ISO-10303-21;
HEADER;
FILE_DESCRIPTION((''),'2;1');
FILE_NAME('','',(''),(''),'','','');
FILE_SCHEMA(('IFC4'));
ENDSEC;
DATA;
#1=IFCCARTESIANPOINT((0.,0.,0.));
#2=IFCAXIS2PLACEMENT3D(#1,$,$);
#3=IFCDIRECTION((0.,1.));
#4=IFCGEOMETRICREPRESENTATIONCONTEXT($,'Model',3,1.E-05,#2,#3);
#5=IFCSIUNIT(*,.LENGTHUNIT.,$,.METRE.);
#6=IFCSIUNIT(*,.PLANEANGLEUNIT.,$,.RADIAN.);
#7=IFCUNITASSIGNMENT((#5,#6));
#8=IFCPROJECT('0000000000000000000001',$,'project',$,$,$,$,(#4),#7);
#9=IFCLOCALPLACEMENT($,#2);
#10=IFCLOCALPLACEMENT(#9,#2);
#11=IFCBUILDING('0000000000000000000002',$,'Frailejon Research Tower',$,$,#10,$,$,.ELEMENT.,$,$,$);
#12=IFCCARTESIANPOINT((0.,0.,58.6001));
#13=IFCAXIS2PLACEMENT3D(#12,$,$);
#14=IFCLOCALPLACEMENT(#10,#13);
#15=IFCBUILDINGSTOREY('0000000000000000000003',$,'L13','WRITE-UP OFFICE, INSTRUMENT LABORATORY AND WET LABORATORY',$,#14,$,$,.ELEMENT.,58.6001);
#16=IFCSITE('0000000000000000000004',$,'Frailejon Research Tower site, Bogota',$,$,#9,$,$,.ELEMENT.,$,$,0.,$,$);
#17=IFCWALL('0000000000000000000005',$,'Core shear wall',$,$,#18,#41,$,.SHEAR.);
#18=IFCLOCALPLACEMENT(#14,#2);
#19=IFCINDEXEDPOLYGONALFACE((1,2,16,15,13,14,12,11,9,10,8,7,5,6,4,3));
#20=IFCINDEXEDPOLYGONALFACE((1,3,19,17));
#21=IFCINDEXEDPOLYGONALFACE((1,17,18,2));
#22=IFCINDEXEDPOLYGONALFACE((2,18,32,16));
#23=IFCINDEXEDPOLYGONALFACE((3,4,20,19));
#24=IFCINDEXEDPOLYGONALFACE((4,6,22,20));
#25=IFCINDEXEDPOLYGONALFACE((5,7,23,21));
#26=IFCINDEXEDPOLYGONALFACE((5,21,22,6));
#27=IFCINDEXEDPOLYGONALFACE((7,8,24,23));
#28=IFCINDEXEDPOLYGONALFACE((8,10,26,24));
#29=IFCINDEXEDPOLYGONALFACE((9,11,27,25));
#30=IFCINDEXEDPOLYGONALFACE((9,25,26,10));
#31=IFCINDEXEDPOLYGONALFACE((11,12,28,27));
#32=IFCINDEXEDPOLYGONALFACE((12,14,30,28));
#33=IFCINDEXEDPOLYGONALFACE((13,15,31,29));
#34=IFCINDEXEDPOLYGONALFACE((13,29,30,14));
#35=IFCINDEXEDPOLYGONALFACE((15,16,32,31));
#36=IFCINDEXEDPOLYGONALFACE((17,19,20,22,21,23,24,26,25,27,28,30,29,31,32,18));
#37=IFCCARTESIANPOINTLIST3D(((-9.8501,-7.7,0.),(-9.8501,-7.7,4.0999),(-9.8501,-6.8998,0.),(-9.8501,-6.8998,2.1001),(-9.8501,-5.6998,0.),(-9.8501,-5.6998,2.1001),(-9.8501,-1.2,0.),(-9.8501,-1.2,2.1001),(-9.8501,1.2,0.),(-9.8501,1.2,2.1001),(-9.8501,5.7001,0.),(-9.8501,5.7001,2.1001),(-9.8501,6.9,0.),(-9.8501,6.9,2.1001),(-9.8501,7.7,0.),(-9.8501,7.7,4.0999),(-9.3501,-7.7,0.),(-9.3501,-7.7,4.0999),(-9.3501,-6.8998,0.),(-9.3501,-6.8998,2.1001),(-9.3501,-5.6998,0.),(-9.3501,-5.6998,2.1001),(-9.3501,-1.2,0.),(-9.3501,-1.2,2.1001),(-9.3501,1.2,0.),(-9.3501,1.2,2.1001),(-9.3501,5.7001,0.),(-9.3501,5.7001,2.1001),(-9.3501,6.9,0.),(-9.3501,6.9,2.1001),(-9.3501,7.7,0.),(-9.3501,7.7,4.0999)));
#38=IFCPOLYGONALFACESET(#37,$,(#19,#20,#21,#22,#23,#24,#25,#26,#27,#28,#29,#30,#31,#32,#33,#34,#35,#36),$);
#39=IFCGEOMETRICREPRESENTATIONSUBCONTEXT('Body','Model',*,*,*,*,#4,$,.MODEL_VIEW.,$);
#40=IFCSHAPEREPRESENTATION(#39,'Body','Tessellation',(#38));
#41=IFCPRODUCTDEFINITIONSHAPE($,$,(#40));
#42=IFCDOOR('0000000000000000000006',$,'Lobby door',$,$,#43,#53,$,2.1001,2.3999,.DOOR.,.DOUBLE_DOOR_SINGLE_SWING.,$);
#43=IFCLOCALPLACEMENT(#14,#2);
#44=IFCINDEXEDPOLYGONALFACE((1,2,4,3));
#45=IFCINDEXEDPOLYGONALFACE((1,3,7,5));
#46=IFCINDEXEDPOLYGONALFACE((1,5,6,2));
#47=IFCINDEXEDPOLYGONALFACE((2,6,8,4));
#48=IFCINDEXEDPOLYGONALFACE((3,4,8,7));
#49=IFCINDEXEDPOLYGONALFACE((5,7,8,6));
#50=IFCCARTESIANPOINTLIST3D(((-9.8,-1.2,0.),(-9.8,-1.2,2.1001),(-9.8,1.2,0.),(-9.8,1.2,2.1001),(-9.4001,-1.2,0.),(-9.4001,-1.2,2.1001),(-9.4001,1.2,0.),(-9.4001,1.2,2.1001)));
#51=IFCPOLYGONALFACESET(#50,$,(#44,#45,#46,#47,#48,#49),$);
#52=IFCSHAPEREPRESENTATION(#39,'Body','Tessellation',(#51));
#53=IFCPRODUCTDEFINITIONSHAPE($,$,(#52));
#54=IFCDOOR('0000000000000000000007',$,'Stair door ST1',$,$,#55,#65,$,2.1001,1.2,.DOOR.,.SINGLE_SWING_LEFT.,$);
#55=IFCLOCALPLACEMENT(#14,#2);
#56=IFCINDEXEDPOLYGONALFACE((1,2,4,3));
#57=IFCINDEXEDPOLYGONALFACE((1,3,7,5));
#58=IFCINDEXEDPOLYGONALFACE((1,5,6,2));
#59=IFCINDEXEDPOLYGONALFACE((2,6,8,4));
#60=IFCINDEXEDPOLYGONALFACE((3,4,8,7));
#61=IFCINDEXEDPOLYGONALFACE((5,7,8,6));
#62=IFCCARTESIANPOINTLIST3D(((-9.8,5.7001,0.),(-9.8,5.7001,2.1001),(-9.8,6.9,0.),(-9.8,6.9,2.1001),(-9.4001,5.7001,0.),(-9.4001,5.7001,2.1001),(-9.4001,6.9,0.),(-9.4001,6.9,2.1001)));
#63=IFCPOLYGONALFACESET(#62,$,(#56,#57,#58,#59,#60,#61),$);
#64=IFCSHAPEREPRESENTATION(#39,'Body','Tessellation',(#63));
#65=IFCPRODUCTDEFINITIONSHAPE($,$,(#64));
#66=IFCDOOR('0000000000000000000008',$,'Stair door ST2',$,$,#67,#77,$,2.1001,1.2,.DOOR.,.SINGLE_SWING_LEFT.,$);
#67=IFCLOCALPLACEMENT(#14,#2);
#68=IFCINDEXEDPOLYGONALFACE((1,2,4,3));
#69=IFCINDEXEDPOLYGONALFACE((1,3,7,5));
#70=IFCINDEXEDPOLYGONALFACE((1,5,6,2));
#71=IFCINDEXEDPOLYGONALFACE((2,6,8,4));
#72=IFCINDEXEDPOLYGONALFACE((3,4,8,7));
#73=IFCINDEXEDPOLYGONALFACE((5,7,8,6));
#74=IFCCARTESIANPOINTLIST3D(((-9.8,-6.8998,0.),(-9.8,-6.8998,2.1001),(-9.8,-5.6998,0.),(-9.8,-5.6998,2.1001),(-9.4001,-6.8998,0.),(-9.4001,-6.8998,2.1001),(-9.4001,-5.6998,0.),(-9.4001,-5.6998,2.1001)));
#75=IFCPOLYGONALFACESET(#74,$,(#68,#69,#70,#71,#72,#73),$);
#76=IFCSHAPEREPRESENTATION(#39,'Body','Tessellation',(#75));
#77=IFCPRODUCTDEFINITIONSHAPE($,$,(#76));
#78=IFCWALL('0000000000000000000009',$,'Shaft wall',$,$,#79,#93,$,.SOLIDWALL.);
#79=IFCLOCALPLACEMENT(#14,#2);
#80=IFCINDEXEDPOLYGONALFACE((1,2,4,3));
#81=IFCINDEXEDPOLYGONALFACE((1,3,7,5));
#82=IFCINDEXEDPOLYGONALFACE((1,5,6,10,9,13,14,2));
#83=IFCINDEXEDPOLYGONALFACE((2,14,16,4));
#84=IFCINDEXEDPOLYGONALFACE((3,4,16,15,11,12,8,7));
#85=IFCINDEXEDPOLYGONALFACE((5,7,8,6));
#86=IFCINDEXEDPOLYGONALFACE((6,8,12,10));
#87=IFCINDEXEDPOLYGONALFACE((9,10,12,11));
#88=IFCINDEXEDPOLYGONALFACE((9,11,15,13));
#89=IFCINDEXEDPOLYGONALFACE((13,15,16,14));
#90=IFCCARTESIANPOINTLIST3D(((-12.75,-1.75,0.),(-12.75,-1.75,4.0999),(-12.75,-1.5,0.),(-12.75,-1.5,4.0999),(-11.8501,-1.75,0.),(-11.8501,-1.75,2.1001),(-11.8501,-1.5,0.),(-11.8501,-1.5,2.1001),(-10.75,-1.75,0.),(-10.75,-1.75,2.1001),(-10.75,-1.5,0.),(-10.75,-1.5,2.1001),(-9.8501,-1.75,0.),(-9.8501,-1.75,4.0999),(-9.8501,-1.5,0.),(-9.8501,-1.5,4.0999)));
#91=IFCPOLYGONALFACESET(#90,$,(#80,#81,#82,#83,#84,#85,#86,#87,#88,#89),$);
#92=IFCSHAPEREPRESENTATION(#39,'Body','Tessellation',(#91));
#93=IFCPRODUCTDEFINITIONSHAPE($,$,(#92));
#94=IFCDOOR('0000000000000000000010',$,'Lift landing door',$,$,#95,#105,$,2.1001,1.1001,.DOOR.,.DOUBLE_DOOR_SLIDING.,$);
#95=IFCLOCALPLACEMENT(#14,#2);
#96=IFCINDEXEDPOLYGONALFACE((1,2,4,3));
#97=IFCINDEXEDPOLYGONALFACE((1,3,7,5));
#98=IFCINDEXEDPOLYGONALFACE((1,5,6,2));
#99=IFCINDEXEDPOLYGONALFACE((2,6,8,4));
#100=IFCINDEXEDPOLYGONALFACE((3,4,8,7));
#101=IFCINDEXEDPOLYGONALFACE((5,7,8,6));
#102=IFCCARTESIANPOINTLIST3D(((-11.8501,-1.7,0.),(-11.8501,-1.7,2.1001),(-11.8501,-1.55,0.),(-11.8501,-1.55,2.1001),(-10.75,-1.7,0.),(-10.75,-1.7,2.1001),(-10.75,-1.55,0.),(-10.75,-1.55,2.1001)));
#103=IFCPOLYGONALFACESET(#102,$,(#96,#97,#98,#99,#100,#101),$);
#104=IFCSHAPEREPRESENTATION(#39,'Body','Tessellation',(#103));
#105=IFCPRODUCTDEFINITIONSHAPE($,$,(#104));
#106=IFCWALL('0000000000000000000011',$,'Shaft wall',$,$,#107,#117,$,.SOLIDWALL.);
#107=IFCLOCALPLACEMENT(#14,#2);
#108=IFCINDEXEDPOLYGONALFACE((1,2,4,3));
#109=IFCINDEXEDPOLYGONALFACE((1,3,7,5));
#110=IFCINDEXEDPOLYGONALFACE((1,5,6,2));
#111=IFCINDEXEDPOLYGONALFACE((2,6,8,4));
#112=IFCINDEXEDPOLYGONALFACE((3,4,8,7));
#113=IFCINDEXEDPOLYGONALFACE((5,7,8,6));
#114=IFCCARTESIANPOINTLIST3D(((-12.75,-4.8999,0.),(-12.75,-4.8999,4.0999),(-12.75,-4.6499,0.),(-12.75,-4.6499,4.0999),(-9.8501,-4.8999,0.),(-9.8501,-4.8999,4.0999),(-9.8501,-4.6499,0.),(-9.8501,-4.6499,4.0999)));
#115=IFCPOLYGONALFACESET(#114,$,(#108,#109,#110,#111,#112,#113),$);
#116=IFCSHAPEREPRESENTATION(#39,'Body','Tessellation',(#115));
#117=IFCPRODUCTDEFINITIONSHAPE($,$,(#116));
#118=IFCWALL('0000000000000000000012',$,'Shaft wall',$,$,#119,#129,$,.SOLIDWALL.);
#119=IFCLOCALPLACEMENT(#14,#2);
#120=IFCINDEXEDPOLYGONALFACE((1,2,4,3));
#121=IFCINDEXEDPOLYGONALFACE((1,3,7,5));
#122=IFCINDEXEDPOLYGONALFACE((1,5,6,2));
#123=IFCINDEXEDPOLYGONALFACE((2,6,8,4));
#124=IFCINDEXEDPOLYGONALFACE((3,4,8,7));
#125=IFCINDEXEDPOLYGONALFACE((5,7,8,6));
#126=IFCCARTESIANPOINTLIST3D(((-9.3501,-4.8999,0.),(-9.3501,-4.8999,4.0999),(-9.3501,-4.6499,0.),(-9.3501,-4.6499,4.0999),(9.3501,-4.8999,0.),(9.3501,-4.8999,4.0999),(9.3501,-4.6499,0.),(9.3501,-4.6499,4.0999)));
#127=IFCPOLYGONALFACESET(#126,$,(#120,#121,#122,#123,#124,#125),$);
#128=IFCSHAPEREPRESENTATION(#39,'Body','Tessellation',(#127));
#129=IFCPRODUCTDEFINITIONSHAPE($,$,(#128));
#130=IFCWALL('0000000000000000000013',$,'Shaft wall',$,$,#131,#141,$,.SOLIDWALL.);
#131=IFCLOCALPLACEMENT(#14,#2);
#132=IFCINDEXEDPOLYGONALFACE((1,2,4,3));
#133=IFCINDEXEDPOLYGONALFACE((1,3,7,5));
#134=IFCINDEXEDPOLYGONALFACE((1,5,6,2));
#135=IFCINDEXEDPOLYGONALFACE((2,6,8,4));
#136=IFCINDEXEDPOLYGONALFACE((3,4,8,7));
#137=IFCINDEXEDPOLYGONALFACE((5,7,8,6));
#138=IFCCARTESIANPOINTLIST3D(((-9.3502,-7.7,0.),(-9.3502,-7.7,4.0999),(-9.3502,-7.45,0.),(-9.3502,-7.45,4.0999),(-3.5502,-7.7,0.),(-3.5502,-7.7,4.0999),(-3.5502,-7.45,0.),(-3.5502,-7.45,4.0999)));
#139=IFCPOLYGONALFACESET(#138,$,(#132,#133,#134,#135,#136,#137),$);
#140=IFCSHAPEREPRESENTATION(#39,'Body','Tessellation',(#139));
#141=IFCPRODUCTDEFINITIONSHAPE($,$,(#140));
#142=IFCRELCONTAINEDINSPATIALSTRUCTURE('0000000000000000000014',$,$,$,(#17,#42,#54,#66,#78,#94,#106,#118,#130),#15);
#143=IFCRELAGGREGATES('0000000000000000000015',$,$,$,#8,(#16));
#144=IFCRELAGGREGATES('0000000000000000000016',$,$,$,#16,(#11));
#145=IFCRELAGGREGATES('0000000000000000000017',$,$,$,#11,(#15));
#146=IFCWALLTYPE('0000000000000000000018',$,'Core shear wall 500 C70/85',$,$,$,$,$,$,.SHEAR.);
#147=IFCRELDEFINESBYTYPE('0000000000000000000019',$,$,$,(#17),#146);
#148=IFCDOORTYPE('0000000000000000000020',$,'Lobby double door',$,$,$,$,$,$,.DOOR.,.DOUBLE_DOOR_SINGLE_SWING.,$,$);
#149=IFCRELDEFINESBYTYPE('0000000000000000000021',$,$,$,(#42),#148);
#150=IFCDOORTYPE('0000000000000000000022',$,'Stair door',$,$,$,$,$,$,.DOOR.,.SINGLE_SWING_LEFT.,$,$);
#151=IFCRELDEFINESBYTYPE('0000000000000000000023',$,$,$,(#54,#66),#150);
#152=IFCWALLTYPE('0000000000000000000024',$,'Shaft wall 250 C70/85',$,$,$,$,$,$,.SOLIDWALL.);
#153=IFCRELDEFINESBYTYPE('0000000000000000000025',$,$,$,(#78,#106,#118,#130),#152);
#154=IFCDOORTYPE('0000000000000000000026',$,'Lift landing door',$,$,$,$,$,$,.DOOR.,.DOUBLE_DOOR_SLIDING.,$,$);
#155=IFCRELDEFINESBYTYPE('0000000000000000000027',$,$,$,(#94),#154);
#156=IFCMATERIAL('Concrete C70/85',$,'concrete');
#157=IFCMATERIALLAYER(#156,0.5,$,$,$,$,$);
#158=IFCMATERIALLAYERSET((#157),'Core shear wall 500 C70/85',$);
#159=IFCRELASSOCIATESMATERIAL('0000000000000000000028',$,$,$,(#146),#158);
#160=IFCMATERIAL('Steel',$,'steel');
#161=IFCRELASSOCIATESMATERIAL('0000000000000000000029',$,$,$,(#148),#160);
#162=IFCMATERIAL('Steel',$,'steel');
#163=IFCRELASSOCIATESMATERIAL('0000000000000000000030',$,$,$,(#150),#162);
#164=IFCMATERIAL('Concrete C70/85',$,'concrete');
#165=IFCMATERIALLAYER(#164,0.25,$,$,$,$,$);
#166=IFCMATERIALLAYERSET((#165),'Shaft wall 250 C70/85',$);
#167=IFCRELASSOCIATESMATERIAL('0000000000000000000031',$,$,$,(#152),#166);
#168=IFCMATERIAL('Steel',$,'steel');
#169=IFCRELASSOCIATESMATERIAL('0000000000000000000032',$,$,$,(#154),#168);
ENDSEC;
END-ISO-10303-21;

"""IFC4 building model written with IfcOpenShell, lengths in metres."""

from ifc_helpers import new_model, si_unit, direction, frame, frame_2d, origin, place, context, subcontext, project, spatial, rectangle, extrude, material, layer, layer_set, type_object, element, fill, save


model = new_model("IFC4")

# Units and contexts
model_context = context("Model", 3, precision=1e-05, world=origin(), true_north=direction((0.0, 1.0)))
body_context = subcontext(model_context, "Body", "Model", "MODEL_VIEW")
ifc_project = project(units=[si_unit("LENGTHUNIT", "METRE"), si_unit("PLANEANGLEUNIT", "RADIAN")], contexts=[model_context])

# Site, building, storey
site_placement = place(None, origin())
site = spatial("IfcSite", under=ifc_project, at=site_placement, Name="Frailejon Research Tower site, Bogota", CompositionType="ELEMENT", RefElevation=0.0)
building_placement = place(site_placement, origin())
building = spatial("IfcBuilding", under=site, at=building_placement, Name="Frailejon Research Tower", CompositionType="ELEMENT")
storey_placement = place(building_placement, frame((0.0, 0.0, 58.6001)))
storey = spatial("IfcBuildingStorey", under=building, at=storey_placement, Name="L13", Description="WRITE-UP OFFICE, INSTRUMENT LABORATORY AND WET LABORATORY", CompositionType="ELEMENT", Elevation=58.6001)

# Wall, openings, doors
ifc_material_1 = material(Name="Concrete C70/85", Category="concrete")
ifc_layer_1 = layer(ifc_material_1, 0.5)
ifc_layer_set_1 = layer_set([ifc_layer_1], Name="Core shear wall 500 C70/85")
wall_type_1 = type_object("IfcWallType", Name="Core shear wall 500 C70/85", PredefinedType="SHEAR", material=ifc_layer_set_1)
wall_1_placement = place(storey_placement, frame((-9.6001, -7.7, 0.0), z_axis=(0.0, 0.0, 1.0), x_axis=(0.0, 1.0, 0.0)))
wall_1 = element("IfcWall", 1, at=wall_1_placement, inside=storey, type_object=wall_type_1, Name="Core shear wall", PredefinedType="SHEAR", context=body_context, shape_type="SweptSolid", body=[
    extrude(rectangle(XDim=15.3999, YDim=0.5, at=frame_2d((7.7, 0.0))), origin(), (0.0, 0.0, 1.0), 4.0999),
])
opening_1_placement = place(wall_1_placement, frame((6.5, 0.0, 0.0)))
opening_1 = element("IfcOpeningElement", 2, at=opening_1_placement, cuts=wall_1, PredefinedType="OPENING", context=body_context, shape_type="SweptSolid", body=[
    extrude(rectangle(XDim=2.3999, YDim=2.1001, at=frame_2d((1.2, 1.05))), frame((0.0, 0.26, 0.0), z_axis=(0.0, -1.0, 0.0), x_axis=(1.0, 0.0, 0.0)), (0.0, 0.0, 1.0), 0.52),
])
opening_2_placement = place(wall_1_placement, frame((13.3999, 0.0, 0.0)))
opening_2 = element("IfcOpeningElement", 3, at=opening_2_placement, cuts=wall_1, PredefinedType="OPENING", context=body_context, shape_type="SweptSolid", body=[
    extrude(rectangle(XDim=1.2, YDim=2.1001, at=frame_2d((0.6001, 1.05))), frame((0.0, 0.26, 0.0), z_axis=(0.0, -1.0, 0.0), x_axis=(1.0, 0.0, 0.0)), (0.0, 0.0, 1.0), 0.52),
])
opening_3_placement = place(wall_1_placement, frame((0.8, 0.0, 0.0)))
opening_3 = element("IfcOpeningElement", 4, at=opening_3_placement, cuts=wall_1, PredefinedType="OPENING", context=body_context, shape_type="SweptSolid", body=[
    extrude(rectangle(XDim=1.2, YDim=2.1001, at=frame_2d((0.6001, 1.05))), frame((0.0, 0.26, 0.0), z_axis=(0.0, -1.0, 0.0), x_axis=(1.0, 0.0, 0.0)), (0.0, 0.0, 1.0), 0.52),
])
ifc_material_2 = material(Name="Steel", Category="steel")
door_type_1 = type_object("IfcDoorType", Name="Lobby double door", OperationType="DOUBLE_DOOR_SINGLE_SWING", PredefinedType="DOOR", material=ifc_material_2)
door_1_placement = place(opening_1_placement, origin())
door_1 = element("IfcDoor", 5, at=door_1_placement, inside=storey, type_object=door_type_1, Name="Lobby door", OperationType="DOUBLE_DOOR_SINGLE_SWING", OverallHeight=2.1001, OverallWidth=2.3999, PredefinedType="DOOR", context=body_context, shape_type="SweptSolid", body=[
    extrude(rectangle(XDim=2.3999, YDim=2.1001, at=frame_2d((1.2, 1.05))), frame((0.0, 0.2, 0.0), z_axis=(0.0, -1.0, 0.0), x_axis=(1.0, 0.0, 0.0)), (0.0, 0.0, 1.0), 0.3999),
])
fill(opening_1, door_1)
ifc_material_3 = material(Name="Steel", Category="steel")
door_type_2 = type_object("IfcDoorType", Name="Stair door", OperationType="SINGLE_SWING_LEFT", PredefinedType="DOOR", material=ifc_material_3)
door_2_placement = place(opening_2_placement, origin())
door_2 = element("IfcDoor", 6, at=door_2_placement, inside=storey, type_object=door_type_2, Name="Stair door ST1", OperationType="SINGLE_SWING_LEFT", OverallHeight=2.1001, OverallWidth=1.2, PredefinedType="DOOR", context=body_context, shape_type="SweptSolid", body=[
    extrude(rectangle(XDim=1.2, YDim=2.1001, at=frame_2d((0.6001, 1.05))), frame((0.0, 0.2, 0.0), z_axis=(0.0, -1.0, 0.0), x_axis=(1.0, 0.0, 0.0)), (0.0, 0.0, 1.0), 0.3999),
])
fill(opening_2, door_2)
door_3_placement = place(opening_3_placement, origin())
door_3 = element("IfcDoor", 7, at=door_3_placement, inside=storey, type_object=door_type_2, Name="Stair door ST2", OperationType="SINGLE_SWING_LEFT", OverallHeight=2.1001, OverallWidth=1.2, PredefinedType="DOOR", context=body_context, shape_type="SweptSolid", body=[
    extrude(rectangle(XDim=1.2, YDim=2.1001, at=frame_2d((0.6001, 1.05))), frame((0.0, 0.2, 0.0), z_axis=(0.0, -1.0, 0.0), x_axis=(1.0, 0.0, 0.0)), (0.0, 0.0, 1.0), 0.3999),
])
fill(opening_3, door_3)

# Wall, opening, door
ifc_material_4 = material(Name="Concrete C70/85", Category="concrete")
ifc_layer_2 = layer(ifc_material_4, 0.25)
ifc_layer_set_2 = layer_set([ifc_layer_2], Name="Shaft wall 250 C70/85")
wall_type_2 = type_object("IfcWallType", Name="Shaft wall 250 C70/85", PredefinedType="SOLIDWALL", material=ifc_layer_set_2)
wall_2_placement = place(storey_placement, frame((-12.75, -1.625, 0.0), z_axis=(0.0, 0.0, 1.0), x_axis=(1.0, 0.0, 0.0)))
wall_2 = element("IfcWall", 8, at=wall_2_placement, inside=storey, type_object=wall_type_2, Name="Shaft wall", PredefinedType="SOLIDWALL", context=body_context, shape_type="SweptSolid", body=[
    extrude(rectangle(XDim=2.8999, YDim=0.25, at=frame_2d((1.45, 0.0))), origin(), (0.0, 0.0, 1.0), 4.0999),
])
opening_4_placement = place(wall_2_placement, frame((0.8999, 0.0, 0.0)))
opening_4 = element("IfcOpeningElement", 9, at=opening_4_placement, cuts=wall_2, PredefinedType="OPENING", context=body_context, shape_type="SweptSolid", body=[
    extrude(rectangle(XDim=1.1001, YDim=2.1001, at=frame_2d((0.55, 1.05))), frame((0.0, 0.135, 0.0), z_axis=(0.0, -1.0, 0.0), x_axis=(1.0, 0.0, 0.0)), (0.0, 0.0, 1.0), 0.27),
])
ifc_material_5 = material(Name="Steel", Category="steel")
door_type_3 = type_object("IfcDoorType", Name="Lift landing door", OperationType="DOUBLE_DOOR_SLIDING", PredefinedType="DOOR", material=ifc_material_5)
door_4_placement = place(opening_4_placement, origin())
door_4 = element("IfcDoor", 10, at=door_4_placement, inside=storey, type_object=door_type_3, Name="Lift landing door", OperationType="DOUBLE_DOOR_SLIDING", OverallHeight=2.1001, OverallWidth=1.1001, PredefinedType="DOOR", context=body_context, shape_type="SweptSolid", body=[
    extrude(rectangle(XDim=1.1001, YDim=2.1001, at=frame_2d((0.55, 1.05))), frame((0.0, 0.075, 0.0), z_axis=(0.0, -1.0, 0.0), x_axis=(1.0, 0.0, 0.0)), (0.0, 0.0, 1.0), 0.1499),
])
fill(opening_4, door_4)

# Walls
wall_3_placement = place(storey_placement, frame((-12.75, -4.7749, 0.0), z_axis=(0.0, 0.0, 1.0), x_axis=(1.0, 0.0, 0.0)))
element("IfcWall", 11, at=wall_3_placement, inside=storey, type_object=wall_type_2, Name="Shaft wall", PredefinedType="SOLIDWALL", context=body_context, shape_type="SweptSolid", body=[
    extrude(rectangle(XDim=2.8999, YDim=0.25, at=frame_2d((1.45, 0.0))), origin(), (0.0, 0.0, 1.0), 4.0999),
])
wall_4_placement = place(storey_placement, frame((-9.3501, -4.7749, 0.0), z_axis=(0.0, 0.0, 1.0), x_axis=(1.0, 0.0, 0.0)))
element("IfcWall", 12, at=wall_4_placement, inside=storey, type_object=wall_type_2, Name="Shaft wall", PredefinedType="SOLIDWALL", context=body_context, shape_type="SweptSolid", body=[
    extrude(rectangle(XDim=18.7002, YDim=0.25, at=frame_2d((9.3501, 0.0))), origin(), (0.0, 0.0, 1.0), 4.0999),
])
wall_5_placement = place(storey_placement, frame((-9.3501, -7.575, 0.0), z_axis=(0.0, 0.0, 1.0), x_axis=(1.0, 0.0, 0.0)))
element("IfcWall", 13, at=wall_5_placement, inside=storey, type_object=wall_type_2, Name="Shaft wall", PredefinedType="SOLIDWALL", context=body_context, shape_type="SweptSolid", body=[
    extrude(rectangle(XDim=5.8, YDim=0.25, at=frame_2d((2.8999, 0.0))), origin(), (0.0, 0.0, 1.0), 4.0999),
])

save(model, "model.ifc")
